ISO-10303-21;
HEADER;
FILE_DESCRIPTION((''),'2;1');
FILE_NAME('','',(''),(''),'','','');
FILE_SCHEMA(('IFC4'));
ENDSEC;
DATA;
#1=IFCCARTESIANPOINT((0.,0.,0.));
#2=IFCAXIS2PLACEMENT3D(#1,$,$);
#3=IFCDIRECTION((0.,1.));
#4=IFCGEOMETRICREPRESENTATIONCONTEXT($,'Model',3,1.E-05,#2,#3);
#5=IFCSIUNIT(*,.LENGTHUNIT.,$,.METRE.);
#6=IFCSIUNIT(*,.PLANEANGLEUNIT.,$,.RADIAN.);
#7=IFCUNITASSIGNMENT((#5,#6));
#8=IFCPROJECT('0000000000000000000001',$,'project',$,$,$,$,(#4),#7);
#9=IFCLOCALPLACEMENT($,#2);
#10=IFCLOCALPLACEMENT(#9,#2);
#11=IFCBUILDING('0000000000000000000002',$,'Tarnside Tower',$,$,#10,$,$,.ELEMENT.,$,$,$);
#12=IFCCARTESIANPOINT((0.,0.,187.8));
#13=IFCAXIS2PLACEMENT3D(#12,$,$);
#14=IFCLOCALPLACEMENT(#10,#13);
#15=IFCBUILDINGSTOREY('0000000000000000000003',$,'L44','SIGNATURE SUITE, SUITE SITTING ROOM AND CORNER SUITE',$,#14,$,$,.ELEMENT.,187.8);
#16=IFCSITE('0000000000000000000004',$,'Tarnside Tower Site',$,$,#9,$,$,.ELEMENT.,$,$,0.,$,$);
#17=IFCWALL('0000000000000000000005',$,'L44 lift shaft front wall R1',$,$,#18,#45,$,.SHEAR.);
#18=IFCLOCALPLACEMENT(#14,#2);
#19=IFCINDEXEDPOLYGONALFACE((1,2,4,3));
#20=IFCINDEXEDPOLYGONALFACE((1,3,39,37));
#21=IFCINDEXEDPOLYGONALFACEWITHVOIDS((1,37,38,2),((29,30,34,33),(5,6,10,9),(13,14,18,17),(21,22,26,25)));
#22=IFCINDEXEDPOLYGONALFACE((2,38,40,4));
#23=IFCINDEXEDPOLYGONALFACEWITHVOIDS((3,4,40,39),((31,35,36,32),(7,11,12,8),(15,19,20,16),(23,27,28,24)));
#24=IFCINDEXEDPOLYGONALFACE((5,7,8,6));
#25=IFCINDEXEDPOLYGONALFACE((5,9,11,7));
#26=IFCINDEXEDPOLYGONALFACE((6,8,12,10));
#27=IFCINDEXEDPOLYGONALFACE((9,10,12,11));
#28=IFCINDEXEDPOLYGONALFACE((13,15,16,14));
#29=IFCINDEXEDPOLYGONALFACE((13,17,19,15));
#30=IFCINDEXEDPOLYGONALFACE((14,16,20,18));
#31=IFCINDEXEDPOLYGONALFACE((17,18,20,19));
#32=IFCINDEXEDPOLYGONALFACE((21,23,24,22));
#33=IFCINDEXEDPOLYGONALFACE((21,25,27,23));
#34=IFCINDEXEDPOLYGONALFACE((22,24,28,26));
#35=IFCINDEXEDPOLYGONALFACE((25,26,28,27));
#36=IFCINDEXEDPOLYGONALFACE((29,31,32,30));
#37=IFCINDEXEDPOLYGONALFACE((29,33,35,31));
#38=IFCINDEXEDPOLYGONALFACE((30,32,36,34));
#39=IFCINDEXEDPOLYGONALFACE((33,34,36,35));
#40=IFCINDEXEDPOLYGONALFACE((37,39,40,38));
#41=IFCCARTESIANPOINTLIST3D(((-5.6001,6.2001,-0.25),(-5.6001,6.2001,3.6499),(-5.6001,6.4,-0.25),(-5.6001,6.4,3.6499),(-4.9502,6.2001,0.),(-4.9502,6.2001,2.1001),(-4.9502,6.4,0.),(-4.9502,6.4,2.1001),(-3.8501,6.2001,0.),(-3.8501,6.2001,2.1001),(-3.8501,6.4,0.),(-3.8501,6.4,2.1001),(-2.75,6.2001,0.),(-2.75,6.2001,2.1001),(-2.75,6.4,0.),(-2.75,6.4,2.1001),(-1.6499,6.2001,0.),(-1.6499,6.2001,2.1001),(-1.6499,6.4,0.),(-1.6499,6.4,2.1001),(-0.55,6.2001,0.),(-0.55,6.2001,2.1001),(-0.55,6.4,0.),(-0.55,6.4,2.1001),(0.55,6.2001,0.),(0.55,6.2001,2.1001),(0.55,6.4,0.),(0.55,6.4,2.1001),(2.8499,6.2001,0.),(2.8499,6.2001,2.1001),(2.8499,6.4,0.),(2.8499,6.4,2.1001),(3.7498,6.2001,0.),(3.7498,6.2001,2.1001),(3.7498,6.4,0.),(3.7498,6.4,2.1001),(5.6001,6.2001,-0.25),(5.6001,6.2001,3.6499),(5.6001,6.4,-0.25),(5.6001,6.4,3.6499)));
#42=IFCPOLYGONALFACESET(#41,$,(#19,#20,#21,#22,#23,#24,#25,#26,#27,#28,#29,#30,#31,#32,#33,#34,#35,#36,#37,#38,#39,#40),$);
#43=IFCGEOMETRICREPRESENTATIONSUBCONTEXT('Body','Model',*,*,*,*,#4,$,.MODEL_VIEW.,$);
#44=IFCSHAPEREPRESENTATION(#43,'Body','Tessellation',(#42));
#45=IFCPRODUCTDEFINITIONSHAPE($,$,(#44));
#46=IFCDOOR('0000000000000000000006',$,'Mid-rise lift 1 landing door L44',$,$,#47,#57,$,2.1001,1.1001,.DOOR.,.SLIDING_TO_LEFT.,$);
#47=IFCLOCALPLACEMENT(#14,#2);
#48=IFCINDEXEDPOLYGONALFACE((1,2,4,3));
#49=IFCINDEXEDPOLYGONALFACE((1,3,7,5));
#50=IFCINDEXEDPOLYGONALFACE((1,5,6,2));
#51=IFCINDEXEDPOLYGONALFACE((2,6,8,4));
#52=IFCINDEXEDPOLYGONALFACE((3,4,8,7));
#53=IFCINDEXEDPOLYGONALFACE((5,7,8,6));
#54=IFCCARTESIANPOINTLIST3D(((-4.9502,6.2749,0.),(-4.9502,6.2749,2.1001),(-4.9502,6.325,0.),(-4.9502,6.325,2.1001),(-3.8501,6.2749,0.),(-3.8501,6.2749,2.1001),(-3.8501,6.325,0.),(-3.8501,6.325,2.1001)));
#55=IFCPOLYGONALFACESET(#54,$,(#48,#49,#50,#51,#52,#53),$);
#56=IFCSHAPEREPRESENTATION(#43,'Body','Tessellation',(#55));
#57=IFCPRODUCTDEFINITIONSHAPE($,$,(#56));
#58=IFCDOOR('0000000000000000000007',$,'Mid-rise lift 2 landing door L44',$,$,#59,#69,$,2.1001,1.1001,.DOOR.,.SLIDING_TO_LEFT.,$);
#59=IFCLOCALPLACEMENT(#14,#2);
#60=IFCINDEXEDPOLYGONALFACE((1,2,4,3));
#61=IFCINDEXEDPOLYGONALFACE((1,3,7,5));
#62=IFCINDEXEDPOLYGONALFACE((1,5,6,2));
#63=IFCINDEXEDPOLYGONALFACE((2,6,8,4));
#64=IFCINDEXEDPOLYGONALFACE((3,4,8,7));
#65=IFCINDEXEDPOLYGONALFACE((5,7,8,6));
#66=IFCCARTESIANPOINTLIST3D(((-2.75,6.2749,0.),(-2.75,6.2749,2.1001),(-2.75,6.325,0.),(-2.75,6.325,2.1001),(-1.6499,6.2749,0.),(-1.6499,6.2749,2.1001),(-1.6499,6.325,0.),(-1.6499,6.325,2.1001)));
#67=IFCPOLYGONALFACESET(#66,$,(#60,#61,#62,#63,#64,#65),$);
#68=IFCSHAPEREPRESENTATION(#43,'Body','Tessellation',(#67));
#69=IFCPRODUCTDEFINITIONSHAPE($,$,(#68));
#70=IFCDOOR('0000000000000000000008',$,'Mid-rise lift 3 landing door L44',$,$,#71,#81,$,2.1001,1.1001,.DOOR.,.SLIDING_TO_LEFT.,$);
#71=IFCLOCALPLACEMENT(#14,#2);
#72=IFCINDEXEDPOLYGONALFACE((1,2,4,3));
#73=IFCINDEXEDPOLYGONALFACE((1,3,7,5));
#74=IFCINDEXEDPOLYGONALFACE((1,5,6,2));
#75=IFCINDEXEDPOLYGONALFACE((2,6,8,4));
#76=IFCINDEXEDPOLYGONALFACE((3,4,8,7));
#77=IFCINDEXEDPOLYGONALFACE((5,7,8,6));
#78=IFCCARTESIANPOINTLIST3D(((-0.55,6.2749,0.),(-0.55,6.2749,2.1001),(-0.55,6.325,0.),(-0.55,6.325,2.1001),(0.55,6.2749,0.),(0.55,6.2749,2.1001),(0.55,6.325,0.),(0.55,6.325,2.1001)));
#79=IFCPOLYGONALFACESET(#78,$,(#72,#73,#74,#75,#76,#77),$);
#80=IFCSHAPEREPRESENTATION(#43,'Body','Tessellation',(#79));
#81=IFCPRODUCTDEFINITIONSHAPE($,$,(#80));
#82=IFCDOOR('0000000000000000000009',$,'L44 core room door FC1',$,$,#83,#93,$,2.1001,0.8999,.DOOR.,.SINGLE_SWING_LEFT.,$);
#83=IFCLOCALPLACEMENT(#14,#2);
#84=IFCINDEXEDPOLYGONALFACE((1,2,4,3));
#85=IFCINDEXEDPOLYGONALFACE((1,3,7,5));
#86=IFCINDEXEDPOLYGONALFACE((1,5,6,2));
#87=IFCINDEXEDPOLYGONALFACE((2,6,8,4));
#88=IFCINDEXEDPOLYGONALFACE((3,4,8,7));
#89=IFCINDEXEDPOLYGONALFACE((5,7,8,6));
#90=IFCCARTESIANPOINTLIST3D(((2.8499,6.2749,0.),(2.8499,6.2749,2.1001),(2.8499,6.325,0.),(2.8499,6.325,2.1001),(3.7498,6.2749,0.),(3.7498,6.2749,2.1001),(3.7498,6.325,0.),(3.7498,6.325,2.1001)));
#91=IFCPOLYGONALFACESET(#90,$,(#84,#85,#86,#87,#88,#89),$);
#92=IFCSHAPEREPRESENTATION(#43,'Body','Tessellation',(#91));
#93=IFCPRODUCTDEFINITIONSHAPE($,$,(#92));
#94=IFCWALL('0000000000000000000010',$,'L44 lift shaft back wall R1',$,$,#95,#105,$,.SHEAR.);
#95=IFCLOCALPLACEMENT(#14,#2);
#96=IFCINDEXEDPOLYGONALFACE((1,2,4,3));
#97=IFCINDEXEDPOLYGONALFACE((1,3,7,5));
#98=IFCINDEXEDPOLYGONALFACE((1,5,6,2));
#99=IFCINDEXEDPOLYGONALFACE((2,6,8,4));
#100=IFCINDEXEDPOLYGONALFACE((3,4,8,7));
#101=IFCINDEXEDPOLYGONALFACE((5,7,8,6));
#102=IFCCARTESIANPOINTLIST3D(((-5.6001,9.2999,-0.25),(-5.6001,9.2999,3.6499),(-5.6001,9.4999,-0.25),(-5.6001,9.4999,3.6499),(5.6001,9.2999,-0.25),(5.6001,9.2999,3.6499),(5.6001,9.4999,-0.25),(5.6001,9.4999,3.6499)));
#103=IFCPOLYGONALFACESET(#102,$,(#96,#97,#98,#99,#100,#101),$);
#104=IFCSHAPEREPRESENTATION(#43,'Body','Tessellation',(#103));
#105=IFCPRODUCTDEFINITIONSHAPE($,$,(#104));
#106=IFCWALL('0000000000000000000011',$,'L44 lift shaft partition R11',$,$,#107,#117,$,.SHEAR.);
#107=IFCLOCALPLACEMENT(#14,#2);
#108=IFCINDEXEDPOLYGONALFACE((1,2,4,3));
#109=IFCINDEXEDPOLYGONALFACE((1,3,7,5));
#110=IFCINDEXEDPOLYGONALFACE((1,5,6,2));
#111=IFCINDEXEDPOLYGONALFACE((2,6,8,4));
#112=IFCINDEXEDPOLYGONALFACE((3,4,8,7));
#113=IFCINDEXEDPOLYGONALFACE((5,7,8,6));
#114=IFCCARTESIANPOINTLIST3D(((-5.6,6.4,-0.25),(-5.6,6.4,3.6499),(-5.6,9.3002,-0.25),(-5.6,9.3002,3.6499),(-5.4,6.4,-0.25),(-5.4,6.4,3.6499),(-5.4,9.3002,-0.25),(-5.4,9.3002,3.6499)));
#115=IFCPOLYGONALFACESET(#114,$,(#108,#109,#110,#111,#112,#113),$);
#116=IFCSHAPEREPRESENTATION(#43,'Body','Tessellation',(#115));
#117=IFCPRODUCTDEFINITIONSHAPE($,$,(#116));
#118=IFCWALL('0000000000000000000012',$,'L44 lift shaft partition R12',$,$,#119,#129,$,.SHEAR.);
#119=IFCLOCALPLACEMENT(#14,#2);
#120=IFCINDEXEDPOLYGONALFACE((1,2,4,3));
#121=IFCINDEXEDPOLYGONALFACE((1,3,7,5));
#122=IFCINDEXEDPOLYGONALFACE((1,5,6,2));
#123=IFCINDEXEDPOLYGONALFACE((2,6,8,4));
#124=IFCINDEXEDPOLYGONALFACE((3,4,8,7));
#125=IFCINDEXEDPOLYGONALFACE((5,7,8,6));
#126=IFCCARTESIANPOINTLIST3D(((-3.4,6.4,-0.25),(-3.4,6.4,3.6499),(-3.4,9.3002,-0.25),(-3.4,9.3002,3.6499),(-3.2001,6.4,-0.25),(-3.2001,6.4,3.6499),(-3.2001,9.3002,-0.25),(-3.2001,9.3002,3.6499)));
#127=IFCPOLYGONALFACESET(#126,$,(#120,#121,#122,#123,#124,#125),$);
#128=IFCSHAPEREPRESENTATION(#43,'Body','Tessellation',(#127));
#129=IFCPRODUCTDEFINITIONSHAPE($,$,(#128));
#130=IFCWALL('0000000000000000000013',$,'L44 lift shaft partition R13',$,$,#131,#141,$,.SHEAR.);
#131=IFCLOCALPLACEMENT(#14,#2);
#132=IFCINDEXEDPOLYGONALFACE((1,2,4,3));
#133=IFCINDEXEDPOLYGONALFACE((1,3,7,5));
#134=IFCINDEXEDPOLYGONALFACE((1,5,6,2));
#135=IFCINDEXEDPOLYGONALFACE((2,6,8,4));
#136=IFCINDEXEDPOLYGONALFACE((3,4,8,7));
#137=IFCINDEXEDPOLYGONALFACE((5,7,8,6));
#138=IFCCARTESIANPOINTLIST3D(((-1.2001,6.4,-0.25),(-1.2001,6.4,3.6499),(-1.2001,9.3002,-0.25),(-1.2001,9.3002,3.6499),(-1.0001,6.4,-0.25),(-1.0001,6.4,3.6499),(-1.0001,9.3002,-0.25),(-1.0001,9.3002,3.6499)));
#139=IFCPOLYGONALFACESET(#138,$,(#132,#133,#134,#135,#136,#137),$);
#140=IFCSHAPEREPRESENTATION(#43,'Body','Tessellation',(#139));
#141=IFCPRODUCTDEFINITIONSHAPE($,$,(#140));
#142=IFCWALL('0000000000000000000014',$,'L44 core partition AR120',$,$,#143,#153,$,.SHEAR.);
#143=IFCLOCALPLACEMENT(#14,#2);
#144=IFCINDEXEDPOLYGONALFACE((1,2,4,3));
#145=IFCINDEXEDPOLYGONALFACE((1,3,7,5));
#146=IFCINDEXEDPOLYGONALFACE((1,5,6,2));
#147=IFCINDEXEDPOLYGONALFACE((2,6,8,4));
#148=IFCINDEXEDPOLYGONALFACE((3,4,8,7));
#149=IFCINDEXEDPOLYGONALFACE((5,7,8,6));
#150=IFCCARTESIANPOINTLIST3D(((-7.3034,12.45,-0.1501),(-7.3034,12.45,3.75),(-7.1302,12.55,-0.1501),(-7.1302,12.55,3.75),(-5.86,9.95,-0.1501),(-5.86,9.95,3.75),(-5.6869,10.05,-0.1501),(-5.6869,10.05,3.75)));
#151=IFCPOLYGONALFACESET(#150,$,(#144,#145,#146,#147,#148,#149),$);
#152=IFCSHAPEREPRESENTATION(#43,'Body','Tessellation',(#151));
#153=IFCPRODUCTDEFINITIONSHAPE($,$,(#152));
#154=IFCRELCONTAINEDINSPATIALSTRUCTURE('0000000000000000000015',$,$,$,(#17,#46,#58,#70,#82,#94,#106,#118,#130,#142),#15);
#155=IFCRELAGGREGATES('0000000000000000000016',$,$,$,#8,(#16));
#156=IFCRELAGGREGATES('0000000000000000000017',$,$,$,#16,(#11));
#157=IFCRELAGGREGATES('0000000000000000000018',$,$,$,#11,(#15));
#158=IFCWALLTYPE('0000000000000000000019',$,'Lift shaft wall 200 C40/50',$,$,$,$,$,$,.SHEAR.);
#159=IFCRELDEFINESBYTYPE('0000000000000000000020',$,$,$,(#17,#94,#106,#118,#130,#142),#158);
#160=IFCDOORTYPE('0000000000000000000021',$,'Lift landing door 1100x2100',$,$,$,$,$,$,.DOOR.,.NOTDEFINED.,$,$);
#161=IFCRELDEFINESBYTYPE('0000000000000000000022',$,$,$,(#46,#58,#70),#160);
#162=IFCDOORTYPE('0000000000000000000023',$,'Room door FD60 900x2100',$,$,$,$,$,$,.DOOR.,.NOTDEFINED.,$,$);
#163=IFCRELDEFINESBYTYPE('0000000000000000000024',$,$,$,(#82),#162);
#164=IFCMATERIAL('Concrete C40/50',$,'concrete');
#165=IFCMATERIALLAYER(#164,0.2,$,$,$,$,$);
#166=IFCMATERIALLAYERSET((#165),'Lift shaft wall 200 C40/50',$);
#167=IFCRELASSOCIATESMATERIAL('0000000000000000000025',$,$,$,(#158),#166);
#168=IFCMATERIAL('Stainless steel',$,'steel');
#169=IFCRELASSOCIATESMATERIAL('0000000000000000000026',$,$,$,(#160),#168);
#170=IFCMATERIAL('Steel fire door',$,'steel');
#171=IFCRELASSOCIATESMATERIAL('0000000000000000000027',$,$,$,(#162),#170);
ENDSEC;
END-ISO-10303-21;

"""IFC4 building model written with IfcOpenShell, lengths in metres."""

from ifc_helpers import new_model, si_unit, direction, frame, frame_2d, origin, place, context, subcontext, project, spatial, rectangle, extrude, material, layer, layer_set, type_object, element, fill, save


model = new_model("IFC4")

# Units and contexts
model_context = context("Model", 3, precision=1e-05, world=origin(), true_north=direction((0.0, 1.0)))
body_context = subcontext(model_context, "Body", "Model", "MODEL_VIEW")
ifc_project = project(units=[si_unit("LENGTHUNIT", "METRE"), si_unit("PLANEANGLEUNIT", "RADIAN")], contexts=[model_context])

# Site, building, storey
site_placement = place(None, origin())
site = spatial("IfcSite", under=ifc_project, at=site_placement, Name="Tarnside Tower Site", CompositionType="ELEMENT", RefElevation=0.0)
building_placement = place(site_placement, origin())
building = spatial("IfcBuilding", under=site, at=building_placement, Name="Tarnside Tower", CompositionType="ELEMENT")
storey_placement = place(building_placement, frame((0.0, 0.0, 187.8)))
storey = spatial("IfcBuildingStorey", under=building, at=storey_placement, Name="L44", Description="SIGNATURE SUITE, SUITE SITTING ROOM AND CORNER SUITE", CompositionType="ELEMENT", Elevation=187.8)

# Shared definitions
ifc_material_1 = material(Name="Steel fire door", Category="steel")

# Wall, openings, doors
ifc_material_2 = material(Name="Concrete C40/50", Category="concrete")
ifc_layer_1 = layer(ifc_material_2, 0.2)
ifc_layer_set_1 = layer_set([ifc_layer_1], Name="Lift shaft wall 200 C40/50")
wall_type_1 = type_object("IfcWallType", Name="Lift shaft wall 200 C40/50", PredefinedType="SHEAR", material=ifc_layer_set_1)
wall_1_placement = place(storey_placement, frame((-5.6001, 6.3, -0.25), z_axis=(0.0, 0.0, 1.0), x_axis=(1.0, 0.0, 0.0)))
wall_1 = element("IfcWall", 1, at=wall_1_placement, inside=storey, type_object=wall_type_1, Name="L44 lift shaft front wall R1", PredefinedType="SHEAR", context=body_context, shape_type="SweptSolid", body=[
    extrude(rectangle(XDim=11.2002, YDim=0.2, at=frame_2d((5.6001, 0.0))), origin(), (0.0, 0.0, 1.0), 3.8999),
])
opening_1_placement = place(wall_1_placement, frame((8.45, 0.0, 0.25)))
opening_1 = element("IfcOpeningElement", 2, at=opening_1_placement, cuts=wall_1, PredefinedType="OPENING", context=body_context, shape_type="SweptSolid", body=[
    extrude(rectangle(XDim=0.8999, YDim=2.1001, at=frame_2d((0.45, 1.05))), frame((0.0, 0.1099, 0.0), z_axis=(0.0, -1.0, 0.0), x_axis=(1.0, 0.0, 0.0)), (0.0, 0.0, 1.0), 0.22),
])
opening_2_placement = place(wall_1_placement, frame((0.6499, 0.0, 0.25)))
opening_2 = element("IfcOpeningElement", 3, at=opening_2_placement, cuts=wall_1, PredefinedType="OPENING", context=body_context, shape_type="SweptSolid", body=[
    extrude(rectangle(XDim=1.1001, YDim=2.1001, at=frame_2d((0.55, 1.05))), frame((0.0, 0.1099, 0.0), z_axis=(0.0, -1.0, 0.0), x_axis=(1.0, 0.0, 0.0)), (0.0, 0.0, 1.0), 0.22),
])
opening_3_placement = place(wall_1_placement, frame((2.8501, 0.0, 0.25)))
opening_3 = element("IfcOpeningElement", 4, at=opening_3_placement, cuts=wall_1, PredefinedType="OPENING", context=body_context, shape_type="SweptSolid", body=[
    extrude(rectangle(XDim=1.1001, YDim=2.1001, at=frame_2d((0.55, 1.05))), frame((0.0, 0.1099, 0.0), z_axis=(0.0, -1.0, 0.0), x_axis=(1.0, 0.0, 0.0)), (0.0, 0.0, 1.0), 0.22),
])
opening_4_placement = place(wall_1_placement, frame((5.05, 0.0, 0.25)))
opening_4 = element("IfcOpeningElement", 5, at=opening_4_placement, cuts=wall_1, PredefinedType="OPENING", context=body_context, shape_type="SweptSolid", body=[
    extrude(rectangle(XDim=1.1001, YDim=2.1001, at=frame_2d((0.55, 1.05))), frame((0.0, 0.1099, 0.0), z_axis=(0.0, -1.0, 0.0), x_axis=(1.0, 0.0, 0.0)), (0.0, 0.0, 1.0), 0.22),
])
ifc_material_3 = material(Name="Stainless steel", Category="steel")
door_type_1 = type_object("IfcDoorType", Name="Lift landing door 1100x2100", OperationType="NOTDEFINED", PredefinedType="DOOR", material=ifc_material_3)
door_1_placement = place(opening_2_placement, origin())
door_1 = element("IfcDoor", 6, at=door_1_placement, inside=storey, type_object=door_type_1, Name="Mid-rise lift 1 landing door L44", OperationType="SLIDING_TO_LEFT", OverallHeight=2.1001, OverallWidth=1.1001, PredefinedType="DOOR", context=body_context, shape_type="SweptSolid", body=[
    extrude(rectangle(XDim=1.1001, YDim=2.1001, at=frame_2d((0.55, 1.05))), frame((0.0, 0.0249, 0.0), z_axis=(0.0, -1.0, 0.0), x_axis=(1.0, 0.0, 0.0)), (0.0, 0.0, 1.0), 0.05),
])
fill(opening_2, door_1)
door_2_placement = place(opening_3_placement, origin())
door_2 = element("IfcDoor", 7, at=door_2_placement, inside=storey, type_object=door_type_1, Name="Mid-rise lift 2 landing door L44", OperationType="SLIDING_TO_LEFT", OverallHeight=2.1001, OverallWidth=1.1001, PredefinedType="DOOR", context=body_context, shape_type="SweptSolid", body=[
    extrude(rectangle(XDim=1.1001, YDim=2.1001, at=frame_2d((0.55, 1.05))), frame((0.0, 0.0249, 0.0), z_axis=(0.0, -1.0, 0.0), x_axis=(1.0, 0.0, 0.0)), (0.0, 0.0, 1.0), 0.05),
])
fill(opening_3, door_2)
door_3_placement = place(opening_4_placement, origin())
door_3 = element("IfcDoor", 8, at=door_3_placement, inside=storey, type_object=door_type_1, Name="Mid-rise lift 3 landing door L44", OperationType="SLIDING_TO_LEFT", OverallHeight=2.1001, OverallWidth=1.1001, PredefinedType="DOOR", context=body_context, shape_type="SweptSolid", body=[
    extrude(rectangle(XDim=1.1001, YDim=2.1001, at=frame_2d((0.55, 1.05))), frame((0.0, 0.0249, 0.0), z_axis=(0.0, -1.0, 0.0), x_axis=(1.0, 0.0, 0.0)), (0.0, 0.0, 1.0), 0.05),
])
fill(opening_4, door_3)
door_type_2 = type_object("IfcDoorType", Name="Room door FD60 900x2100", OperationType="NOTDEFINED", PredefinedType="DOOR", material=ifc_material_1)
door_4_placement = place(opening_1_placement, origin())
door_4 = element("IfcDoor", 9, at=door_4_placement, inside=storey, type_object=door_type_2, Name="L44 core room door FC1", OperationType="SINGLE_SWING_LEFT", OverallHeight=2.1001, OverallWidth=0.8999, PredefinedType="DOOR", context=body_context, shape_type="SweptSolid", body=[
    extrude(rectangle(XDim=0.8999, YDim=2.1001, at=frame_2d((0.45, 1.05))), frame((0.0, 0.0249, 0.0), z_axis=(0.0, -1.0, 0.0), x_axis=(1.0, 0.0, 0.0)), (0.0, 0.0, 1.0), 0.05),
])
fill(opening_1, door_4)

# Walls
wall_2_placement = place(storey_placement, frame((-5.6001, 9.3999, -0.25), z_axis=(0.0, 0.0, 1.0), x_axis=(1.0, 0.0, 0.0)))
element("IfcWall", 10, at=wall_2_placement, inside=storey, type_object=wall_type_1, Name="L44 lift shaft back wall R1", PredefinedType="SHEAR", context=body_context, shape_type="SweptSolid", body=[
    extrude(rectangle(XDim=11.2002, YDim=0.2, at=frame_2d((5.6001, 0.0))), origin(), (0.0, 0.0, 1.0), 3.8999),
])
for number, where, z_axis, x_axis, name in (
    (11, (-5.5, 6.3999, -0.25), (0.0, 0.0, 1.0), (0.0, 1.0, 0.0), "L44 lift shaft partition R11"),
    (12, (-3.3, 6.3999, -0.25), (0.0, 0.0, 1.0), (0.0, 1.0, 0.0), "L44 lift shaft partition R12"),
    (13, (-1.1001, 6.3999, -0.25), (0.0, 0.0, 1.0), (0.0, 1.0, 0.0), "L44 lift shaft partition R13"),
):
    element("IfcWall", number, at=place(storey_placement, frame(where, z_axis=z_axis, x_axis=x_axis)), inside=storey, type_object=wall_type_1, Name=name, PredefinedType="SHEAR", context=body_context, shape_type="SweptSolid", body=[
        extrude(rectangle(XDim=2.9001, YDim=0.2, at=frame_2d((1.4502, 0.0))), origin(), (0.0, 0.0, 1.0), 3.8999),
    ])
wall_3_placement = place(storey_placement, frame((-5.7734, 10.0, -0.1501), z_axis=(0.0, 0.0, 1.0), x_axis=(-0.499996, 0.866028, 0.0)))
element("IfcWall", 14, at=wall_3_placement, inside=storey, type_object=wall_type_1, Name="L44 core partition AR120", PredefinedType="SHEAR", context=body_context, shape_type="SweptSolid", body=[
    extrude(rectangle(XDim=2.8867, YDim=0.2, at=frame_2d((1.4434, 0.0))), origin(), (0.0, 0.0, 1.0), 3.9001),
])

save(model, "model.ifc")
